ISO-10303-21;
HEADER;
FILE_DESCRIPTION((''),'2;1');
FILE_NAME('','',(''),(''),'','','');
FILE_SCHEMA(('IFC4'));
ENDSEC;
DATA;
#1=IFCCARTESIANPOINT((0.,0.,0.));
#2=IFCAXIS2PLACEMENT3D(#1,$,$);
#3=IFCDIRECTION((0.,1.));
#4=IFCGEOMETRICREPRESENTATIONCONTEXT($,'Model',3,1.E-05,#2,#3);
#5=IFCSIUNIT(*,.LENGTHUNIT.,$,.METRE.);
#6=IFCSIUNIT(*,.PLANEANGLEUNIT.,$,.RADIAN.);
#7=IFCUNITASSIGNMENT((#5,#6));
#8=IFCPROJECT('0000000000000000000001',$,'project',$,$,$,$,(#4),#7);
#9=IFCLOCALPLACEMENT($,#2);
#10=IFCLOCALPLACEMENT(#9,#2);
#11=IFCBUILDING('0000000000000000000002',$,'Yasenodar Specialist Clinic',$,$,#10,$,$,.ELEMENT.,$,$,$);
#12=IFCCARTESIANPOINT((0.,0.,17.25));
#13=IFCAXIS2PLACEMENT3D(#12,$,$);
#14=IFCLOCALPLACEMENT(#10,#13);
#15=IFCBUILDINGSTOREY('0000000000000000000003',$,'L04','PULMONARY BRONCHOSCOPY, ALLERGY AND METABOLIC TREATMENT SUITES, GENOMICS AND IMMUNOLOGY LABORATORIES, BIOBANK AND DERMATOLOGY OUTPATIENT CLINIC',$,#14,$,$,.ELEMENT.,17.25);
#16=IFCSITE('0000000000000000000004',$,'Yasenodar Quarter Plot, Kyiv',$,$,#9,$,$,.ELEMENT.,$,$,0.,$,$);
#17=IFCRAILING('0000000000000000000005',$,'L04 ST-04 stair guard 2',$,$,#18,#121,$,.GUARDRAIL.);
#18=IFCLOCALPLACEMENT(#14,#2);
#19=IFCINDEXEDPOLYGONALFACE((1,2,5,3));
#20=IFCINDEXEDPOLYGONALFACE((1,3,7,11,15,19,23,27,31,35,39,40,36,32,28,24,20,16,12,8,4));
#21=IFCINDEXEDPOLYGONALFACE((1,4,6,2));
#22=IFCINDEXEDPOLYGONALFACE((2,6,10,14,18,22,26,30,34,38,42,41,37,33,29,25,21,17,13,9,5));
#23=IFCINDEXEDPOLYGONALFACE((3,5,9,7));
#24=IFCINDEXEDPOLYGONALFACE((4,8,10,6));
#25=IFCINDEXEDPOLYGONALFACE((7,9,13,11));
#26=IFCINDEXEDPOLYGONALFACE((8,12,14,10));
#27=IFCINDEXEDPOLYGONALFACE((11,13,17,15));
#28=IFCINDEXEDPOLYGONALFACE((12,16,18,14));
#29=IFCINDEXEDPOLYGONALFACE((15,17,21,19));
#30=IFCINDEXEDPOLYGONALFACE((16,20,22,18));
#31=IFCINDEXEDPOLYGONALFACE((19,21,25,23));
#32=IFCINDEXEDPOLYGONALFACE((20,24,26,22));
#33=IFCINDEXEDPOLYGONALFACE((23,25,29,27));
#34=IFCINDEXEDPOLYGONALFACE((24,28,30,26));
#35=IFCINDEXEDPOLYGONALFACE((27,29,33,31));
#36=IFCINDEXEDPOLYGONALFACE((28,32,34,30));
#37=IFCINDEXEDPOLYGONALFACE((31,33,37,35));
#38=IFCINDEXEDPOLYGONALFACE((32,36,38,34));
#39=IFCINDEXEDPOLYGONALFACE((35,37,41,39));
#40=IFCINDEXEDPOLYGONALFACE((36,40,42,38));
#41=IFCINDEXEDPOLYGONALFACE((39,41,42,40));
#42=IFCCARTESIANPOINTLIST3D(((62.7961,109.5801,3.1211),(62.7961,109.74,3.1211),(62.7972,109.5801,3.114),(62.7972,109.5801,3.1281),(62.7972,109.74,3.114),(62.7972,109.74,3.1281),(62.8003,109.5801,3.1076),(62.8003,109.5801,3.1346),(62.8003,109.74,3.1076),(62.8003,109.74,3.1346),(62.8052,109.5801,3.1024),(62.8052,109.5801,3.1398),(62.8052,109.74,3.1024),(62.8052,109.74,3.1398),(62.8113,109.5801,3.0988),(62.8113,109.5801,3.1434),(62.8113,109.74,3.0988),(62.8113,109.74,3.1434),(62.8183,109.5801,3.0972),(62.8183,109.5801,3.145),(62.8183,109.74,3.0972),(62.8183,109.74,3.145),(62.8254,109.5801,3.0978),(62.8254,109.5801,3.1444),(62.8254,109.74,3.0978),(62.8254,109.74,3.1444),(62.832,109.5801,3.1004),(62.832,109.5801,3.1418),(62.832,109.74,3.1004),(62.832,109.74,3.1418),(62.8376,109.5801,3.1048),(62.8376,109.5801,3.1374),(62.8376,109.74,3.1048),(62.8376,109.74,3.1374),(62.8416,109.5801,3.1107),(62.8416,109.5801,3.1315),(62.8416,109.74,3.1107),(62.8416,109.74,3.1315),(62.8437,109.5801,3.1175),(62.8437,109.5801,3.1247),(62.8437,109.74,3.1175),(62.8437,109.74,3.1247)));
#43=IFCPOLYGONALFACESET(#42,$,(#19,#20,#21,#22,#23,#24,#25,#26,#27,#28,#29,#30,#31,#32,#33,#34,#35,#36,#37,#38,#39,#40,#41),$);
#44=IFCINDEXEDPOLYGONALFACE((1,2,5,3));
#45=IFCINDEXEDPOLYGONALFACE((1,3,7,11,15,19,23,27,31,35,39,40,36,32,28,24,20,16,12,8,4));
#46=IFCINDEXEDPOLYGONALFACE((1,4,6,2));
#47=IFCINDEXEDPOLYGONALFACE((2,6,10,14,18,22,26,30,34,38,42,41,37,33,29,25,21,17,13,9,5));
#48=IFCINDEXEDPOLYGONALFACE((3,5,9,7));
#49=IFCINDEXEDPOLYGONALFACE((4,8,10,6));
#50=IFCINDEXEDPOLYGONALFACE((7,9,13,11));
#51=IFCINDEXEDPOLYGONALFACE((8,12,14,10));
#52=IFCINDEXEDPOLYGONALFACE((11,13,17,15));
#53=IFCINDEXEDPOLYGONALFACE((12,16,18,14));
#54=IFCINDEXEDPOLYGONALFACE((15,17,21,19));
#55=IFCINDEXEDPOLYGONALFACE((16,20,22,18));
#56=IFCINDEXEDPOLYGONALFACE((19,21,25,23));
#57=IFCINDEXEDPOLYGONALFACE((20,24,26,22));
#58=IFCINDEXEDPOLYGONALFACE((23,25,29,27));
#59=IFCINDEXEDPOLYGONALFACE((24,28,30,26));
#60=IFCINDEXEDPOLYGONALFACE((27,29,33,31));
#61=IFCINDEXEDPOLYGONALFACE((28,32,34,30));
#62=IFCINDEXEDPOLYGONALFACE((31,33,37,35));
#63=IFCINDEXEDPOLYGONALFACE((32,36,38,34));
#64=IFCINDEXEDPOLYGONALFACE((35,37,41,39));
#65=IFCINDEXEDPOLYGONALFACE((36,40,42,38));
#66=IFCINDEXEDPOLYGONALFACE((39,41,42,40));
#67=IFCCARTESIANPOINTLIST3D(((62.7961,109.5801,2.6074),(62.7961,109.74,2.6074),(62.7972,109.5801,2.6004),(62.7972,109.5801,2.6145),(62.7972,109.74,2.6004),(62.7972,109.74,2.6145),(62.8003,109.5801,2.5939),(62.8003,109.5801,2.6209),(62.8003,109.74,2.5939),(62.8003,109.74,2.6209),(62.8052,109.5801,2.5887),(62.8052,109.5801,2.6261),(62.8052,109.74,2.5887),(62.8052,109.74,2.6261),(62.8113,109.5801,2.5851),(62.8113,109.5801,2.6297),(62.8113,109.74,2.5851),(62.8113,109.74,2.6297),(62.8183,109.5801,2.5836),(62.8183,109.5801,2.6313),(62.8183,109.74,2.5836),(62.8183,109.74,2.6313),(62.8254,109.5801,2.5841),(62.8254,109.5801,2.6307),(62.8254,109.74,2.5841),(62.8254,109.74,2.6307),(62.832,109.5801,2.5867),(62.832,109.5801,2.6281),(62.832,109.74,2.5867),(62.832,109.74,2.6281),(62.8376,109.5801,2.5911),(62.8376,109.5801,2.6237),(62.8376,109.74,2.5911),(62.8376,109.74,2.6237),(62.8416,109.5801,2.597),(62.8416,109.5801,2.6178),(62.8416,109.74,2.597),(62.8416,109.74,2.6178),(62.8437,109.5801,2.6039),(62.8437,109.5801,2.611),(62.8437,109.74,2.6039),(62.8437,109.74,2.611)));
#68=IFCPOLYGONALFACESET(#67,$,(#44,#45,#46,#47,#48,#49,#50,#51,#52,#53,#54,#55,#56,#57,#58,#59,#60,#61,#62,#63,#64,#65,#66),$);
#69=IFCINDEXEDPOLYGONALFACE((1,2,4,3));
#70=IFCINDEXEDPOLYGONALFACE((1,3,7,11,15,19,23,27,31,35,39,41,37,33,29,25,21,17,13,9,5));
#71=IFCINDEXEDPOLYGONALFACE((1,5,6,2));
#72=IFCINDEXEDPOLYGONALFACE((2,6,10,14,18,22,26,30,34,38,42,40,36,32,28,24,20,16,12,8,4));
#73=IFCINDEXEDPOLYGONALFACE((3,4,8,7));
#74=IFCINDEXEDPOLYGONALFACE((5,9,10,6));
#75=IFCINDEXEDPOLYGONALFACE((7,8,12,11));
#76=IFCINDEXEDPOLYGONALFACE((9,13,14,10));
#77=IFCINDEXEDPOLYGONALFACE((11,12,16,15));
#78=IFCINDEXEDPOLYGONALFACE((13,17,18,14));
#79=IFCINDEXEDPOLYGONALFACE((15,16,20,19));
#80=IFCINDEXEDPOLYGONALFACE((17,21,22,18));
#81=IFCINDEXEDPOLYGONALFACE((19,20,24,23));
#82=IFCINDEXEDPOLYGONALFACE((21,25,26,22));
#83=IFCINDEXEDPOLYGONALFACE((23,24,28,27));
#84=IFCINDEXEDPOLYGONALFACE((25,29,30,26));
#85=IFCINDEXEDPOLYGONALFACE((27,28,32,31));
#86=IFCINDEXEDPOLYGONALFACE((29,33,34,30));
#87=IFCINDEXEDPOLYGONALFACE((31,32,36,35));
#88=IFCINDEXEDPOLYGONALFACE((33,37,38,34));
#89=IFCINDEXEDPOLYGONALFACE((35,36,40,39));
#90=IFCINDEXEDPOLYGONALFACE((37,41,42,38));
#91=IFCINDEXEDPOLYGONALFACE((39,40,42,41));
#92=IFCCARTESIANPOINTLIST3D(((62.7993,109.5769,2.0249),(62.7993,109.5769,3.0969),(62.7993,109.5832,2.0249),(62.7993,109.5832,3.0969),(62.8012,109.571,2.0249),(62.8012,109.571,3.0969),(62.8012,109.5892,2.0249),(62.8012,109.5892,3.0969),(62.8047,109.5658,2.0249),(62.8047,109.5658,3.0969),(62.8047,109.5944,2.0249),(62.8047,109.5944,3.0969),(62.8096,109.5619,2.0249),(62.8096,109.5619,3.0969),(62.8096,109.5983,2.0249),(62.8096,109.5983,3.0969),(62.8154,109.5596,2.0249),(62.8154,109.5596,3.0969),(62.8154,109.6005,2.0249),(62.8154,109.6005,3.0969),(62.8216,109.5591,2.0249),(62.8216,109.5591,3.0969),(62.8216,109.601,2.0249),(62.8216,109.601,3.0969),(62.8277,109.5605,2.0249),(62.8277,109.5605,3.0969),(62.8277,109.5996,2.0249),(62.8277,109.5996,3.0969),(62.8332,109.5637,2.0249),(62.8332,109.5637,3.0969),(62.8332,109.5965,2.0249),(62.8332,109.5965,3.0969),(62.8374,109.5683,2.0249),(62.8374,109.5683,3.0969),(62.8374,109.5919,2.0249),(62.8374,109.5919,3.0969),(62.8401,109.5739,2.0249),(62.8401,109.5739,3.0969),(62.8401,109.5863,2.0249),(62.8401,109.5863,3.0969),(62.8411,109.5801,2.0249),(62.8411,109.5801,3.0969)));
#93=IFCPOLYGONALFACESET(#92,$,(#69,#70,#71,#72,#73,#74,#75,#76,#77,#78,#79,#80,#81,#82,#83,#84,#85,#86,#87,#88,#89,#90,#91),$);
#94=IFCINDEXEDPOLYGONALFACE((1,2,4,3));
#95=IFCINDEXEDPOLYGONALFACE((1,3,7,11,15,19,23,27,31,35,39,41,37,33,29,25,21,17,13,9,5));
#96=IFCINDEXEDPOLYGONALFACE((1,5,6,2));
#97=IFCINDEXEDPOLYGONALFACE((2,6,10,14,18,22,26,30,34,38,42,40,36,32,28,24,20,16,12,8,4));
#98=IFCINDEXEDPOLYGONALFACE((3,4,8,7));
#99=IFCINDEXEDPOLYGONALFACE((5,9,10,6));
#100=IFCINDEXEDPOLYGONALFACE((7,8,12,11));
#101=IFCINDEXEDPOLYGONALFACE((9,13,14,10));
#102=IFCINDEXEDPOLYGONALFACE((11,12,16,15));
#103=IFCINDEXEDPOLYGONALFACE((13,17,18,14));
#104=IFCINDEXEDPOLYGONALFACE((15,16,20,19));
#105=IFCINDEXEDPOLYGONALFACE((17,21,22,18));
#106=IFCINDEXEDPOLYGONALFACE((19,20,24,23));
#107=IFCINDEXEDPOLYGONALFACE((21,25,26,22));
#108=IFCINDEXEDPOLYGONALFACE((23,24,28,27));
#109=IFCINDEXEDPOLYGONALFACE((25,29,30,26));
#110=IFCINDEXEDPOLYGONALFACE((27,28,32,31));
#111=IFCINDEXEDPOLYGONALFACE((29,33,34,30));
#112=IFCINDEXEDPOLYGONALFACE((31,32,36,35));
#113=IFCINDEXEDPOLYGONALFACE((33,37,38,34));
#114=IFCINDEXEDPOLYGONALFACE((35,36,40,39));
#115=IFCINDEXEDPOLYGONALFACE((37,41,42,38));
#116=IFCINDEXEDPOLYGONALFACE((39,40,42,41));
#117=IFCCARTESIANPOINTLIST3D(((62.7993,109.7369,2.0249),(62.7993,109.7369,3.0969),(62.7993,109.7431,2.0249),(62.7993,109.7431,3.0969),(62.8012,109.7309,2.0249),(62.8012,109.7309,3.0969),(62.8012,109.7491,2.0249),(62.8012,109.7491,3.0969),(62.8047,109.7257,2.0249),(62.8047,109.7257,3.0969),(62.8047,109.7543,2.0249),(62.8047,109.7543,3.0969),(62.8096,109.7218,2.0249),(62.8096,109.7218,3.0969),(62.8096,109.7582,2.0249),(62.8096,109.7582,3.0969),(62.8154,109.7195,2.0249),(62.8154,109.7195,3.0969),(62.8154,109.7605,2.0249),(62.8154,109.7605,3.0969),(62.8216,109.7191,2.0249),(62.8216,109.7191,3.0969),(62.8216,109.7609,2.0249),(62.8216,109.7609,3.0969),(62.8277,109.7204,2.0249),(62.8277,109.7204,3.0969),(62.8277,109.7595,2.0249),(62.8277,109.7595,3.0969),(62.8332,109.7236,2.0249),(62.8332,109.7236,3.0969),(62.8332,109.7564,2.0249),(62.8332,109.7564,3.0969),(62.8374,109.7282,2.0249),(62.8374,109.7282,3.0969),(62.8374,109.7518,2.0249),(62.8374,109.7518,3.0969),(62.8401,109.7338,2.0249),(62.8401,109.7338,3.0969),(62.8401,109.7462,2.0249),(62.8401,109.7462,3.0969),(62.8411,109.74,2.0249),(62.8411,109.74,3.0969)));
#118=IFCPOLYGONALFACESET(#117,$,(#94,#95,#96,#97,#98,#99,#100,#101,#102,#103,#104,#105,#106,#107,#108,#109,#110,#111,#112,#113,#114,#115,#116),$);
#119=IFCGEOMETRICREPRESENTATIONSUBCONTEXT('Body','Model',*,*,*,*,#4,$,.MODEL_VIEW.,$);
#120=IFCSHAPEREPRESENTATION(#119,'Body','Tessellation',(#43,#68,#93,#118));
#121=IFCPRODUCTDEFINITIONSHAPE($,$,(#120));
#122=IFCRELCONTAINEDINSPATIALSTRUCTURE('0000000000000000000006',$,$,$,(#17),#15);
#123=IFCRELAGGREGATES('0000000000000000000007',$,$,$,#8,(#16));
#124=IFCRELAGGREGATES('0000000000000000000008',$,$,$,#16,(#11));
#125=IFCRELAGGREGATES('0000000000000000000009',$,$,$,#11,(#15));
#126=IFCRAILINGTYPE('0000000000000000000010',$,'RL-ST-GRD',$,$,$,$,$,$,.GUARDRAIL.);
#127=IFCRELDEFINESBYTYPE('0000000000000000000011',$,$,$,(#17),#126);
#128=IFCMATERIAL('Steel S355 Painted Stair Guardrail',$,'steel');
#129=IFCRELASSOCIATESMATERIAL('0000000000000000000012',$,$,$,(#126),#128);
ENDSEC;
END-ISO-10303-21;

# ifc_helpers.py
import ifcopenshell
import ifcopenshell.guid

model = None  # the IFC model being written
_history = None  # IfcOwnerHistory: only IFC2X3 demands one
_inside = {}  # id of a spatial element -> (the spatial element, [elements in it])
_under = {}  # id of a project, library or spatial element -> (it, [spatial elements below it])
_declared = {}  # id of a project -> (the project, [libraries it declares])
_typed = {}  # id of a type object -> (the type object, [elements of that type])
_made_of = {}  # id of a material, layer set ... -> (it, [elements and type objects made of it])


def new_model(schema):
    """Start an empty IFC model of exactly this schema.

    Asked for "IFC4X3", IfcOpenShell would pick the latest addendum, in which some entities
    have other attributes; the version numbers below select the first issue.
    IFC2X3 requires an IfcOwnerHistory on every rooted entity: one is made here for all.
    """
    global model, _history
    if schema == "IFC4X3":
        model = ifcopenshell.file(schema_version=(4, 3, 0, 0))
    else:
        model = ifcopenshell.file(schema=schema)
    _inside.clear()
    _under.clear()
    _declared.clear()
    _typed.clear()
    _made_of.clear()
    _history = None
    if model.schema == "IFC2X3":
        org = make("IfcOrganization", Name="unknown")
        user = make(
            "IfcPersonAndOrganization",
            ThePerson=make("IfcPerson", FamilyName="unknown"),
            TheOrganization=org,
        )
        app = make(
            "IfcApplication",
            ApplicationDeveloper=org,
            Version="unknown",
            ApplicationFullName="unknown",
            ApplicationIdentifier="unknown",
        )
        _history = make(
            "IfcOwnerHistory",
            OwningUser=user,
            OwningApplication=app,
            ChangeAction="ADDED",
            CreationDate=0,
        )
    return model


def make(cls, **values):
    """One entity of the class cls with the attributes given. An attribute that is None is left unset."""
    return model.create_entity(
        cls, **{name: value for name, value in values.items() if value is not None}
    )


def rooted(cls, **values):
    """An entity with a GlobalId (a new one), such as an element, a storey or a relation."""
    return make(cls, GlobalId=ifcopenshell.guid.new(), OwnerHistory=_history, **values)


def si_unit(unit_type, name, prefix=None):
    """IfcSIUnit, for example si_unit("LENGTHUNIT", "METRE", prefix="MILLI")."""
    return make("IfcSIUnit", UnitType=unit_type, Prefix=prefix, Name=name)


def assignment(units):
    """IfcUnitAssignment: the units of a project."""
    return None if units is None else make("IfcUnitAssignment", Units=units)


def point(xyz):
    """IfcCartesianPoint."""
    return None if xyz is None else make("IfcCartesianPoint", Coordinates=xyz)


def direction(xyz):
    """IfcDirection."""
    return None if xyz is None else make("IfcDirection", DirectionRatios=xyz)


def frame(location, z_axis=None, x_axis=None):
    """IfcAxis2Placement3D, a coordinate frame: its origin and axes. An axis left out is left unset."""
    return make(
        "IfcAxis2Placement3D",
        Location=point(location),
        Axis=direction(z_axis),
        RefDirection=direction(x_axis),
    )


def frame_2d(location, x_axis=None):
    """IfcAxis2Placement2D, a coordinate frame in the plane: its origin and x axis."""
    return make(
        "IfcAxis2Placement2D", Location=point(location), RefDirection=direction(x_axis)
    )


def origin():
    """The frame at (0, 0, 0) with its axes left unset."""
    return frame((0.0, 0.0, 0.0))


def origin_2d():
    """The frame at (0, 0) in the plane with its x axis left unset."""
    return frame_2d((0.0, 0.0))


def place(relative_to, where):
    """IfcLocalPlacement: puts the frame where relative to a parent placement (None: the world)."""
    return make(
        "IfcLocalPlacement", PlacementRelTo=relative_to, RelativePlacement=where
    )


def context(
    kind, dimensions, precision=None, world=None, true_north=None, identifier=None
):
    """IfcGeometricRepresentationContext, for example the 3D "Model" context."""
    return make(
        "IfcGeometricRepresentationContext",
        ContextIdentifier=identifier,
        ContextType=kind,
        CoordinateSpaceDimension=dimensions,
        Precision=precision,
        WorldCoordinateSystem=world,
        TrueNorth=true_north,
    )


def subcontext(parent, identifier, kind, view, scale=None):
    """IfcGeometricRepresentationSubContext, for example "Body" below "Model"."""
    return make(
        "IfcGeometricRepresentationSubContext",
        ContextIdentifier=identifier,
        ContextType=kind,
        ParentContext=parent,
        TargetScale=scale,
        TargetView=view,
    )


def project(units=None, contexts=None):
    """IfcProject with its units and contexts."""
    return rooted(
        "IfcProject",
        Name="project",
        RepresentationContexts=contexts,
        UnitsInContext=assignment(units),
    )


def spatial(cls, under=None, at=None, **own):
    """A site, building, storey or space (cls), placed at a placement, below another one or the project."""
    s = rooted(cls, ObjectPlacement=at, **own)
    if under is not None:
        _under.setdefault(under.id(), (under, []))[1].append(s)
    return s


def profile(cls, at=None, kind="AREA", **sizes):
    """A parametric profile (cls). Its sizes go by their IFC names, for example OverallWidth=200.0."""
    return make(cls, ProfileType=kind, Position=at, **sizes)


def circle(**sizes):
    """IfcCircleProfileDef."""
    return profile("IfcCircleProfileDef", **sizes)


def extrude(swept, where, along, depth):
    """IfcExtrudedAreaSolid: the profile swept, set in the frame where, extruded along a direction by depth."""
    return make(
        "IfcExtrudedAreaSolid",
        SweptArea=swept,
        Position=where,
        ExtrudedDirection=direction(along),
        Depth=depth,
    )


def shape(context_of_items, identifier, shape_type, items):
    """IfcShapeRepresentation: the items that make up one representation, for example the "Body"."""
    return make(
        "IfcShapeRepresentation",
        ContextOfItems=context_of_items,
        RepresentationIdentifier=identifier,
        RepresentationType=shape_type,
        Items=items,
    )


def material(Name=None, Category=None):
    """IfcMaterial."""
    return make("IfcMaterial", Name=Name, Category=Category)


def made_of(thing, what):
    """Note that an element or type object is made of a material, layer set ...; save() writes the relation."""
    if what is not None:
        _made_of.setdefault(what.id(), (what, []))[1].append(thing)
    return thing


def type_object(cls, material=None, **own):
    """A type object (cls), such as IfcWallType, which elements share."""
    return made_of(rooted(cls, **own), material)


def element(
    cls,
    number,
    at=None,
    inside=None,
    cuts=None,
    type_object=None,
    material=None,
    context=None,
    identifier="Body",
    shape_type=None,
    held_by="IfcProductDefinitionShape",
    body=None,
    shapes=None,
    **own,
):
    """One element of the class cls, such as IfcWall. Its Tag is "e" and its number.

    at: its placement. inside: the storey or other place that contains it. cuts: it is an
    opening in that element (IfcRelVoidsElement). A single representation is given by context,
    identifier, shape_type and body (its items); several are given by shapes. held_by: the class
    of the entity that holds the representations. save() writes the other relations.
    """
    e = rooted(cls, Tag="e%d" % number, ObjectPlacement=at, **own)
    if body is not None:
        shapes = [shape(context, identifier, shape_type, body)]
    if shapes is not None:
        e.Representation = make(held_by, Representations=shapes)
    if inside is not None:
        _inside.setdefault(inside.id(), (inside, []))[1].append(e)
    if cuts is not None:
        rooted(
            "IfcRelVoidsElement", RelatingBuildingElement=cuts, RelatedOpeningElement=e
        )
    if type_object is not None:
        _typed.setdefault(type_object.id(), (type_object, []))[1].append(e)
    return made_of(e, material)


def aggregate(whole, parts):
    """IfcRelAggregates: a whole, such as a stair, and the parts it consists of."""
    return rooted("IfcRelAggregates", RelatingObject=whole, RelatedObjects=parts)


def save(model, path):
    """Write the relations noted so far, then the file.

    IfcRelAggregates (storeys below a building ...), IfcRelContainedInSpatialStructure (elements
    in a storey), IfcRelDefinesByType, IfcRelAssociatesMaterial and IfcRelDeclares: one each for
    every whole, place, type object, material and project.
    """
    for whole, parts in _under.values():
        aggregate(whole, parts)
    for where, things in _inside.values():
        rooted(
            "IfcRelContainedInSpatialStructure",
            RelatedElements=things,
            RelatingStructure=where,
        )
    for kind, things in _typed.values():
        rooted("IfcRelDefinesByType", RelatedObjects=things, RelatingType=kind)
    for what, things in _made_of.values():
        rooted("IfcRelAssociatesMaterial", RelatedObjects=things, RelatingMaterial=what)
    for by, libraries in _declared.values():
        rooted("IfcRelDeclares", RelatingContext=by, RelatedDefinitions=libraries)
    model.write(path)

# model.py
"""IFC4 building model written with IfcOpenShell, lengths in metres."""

from ifc_helpers import new_model, si_unit, direction, frame, origin, origin_2d, place, context, subcontext, project, spatial, circle, extrude, material, type_object, element, save


model = new_model("IFC4")

# Units and contexts
model_context = context("Model", 3, precision=1e-05, world=origin(), true_north=direction((0.0, 1.0)))
body_context = subcontext(model_context, "Body", "Model", "MODEL_VIEW")
ifc_project = project(units=[si_unit("LENGTHUNIT", "METRE"), si_unit("PLANEANGLEUNIT", "RADIAN")], contexts=[model_context])

# Site, building, storey
site_placement = place(None, origin())
site = spatial("IfcSite", under=ifc_project, at=site_placement, Name="Yasenodar Quarter Plot, Kyiv", CompositionType="ELEMENT", RefElevation=0.0)
building_placement = place(site_placement, origin())
building = spatial("IfcBuilding", under=site, at=building_placement, Name="Yasenodar Specialist Clinic", CompositionType="ELEMENT")
storey_placement = place(building_placement, frame((0.0, 0.0, 17.25)))
storey = spatial("IfcBuildingStorey", under=building, at=storey_placement, Name="L04", Description="PULMONARY BRONCHOSCOPY, ALLERGY AND METABOLIC TREATMENT SUITES, GENOMICS AND IMMUNOLOGY LABORATORIES, BIOBANK AND DERMATOLOGY OUTPATIENT CLINIC", CompositionType="ELEMENT", Elevation=17.25)

# Railing
ifc_material_1 = material(Name="Steel S355 Painted Stair Guardrail", Category="steel")
railing_type_1 = type_object("IfcRailingType", Name="RL-ST-GRD", PredefinedType="GUARDRAIL", material=ifc_material_1)
railing_1_placement = place(storey_placement, frame((62.8201, 109.5801, 2.0249)))
element("IfcRailing", 1, at=railing_1_placement, inside=storey, type_object=railing_type_1, Name="L04 ST-04 stair guard 2", PredefinedType="GUARDRAIL", context=body_context, shape_type="SweptSolid", body=[
    extrude(circle(Radius=0.0239, at=origin_2d()), frame((0.0, 0.0, 1.0962), z_axis=(0.0, 1.0, 0.0), x_axis=(-1.0, 0.0, 0.0)), (0.0, 0.0, 1.0), 0.1599),
    extrude(circle(Radius=0.0239, at=origin_2d()), frame((0.0, 0.0, 0.5825), z_axis=(0.0, 1.0, 0.0), x_axis=(-1.0, 0.0, 0.0)), (0.0, 0.0, 1.0), 0.1599),
    extrude(circle(Radius=0.021, at=origin_2d()), origin(), (0.0, 0.0, 1.0), 1.072),
    extrude(circle(Radius=0.021, at=origin_2d()), frame((0.0, 0.1599, 0.0)), (0.0, 0.0, 1.0), 1.072),
])

save(model, "model.ifc")
